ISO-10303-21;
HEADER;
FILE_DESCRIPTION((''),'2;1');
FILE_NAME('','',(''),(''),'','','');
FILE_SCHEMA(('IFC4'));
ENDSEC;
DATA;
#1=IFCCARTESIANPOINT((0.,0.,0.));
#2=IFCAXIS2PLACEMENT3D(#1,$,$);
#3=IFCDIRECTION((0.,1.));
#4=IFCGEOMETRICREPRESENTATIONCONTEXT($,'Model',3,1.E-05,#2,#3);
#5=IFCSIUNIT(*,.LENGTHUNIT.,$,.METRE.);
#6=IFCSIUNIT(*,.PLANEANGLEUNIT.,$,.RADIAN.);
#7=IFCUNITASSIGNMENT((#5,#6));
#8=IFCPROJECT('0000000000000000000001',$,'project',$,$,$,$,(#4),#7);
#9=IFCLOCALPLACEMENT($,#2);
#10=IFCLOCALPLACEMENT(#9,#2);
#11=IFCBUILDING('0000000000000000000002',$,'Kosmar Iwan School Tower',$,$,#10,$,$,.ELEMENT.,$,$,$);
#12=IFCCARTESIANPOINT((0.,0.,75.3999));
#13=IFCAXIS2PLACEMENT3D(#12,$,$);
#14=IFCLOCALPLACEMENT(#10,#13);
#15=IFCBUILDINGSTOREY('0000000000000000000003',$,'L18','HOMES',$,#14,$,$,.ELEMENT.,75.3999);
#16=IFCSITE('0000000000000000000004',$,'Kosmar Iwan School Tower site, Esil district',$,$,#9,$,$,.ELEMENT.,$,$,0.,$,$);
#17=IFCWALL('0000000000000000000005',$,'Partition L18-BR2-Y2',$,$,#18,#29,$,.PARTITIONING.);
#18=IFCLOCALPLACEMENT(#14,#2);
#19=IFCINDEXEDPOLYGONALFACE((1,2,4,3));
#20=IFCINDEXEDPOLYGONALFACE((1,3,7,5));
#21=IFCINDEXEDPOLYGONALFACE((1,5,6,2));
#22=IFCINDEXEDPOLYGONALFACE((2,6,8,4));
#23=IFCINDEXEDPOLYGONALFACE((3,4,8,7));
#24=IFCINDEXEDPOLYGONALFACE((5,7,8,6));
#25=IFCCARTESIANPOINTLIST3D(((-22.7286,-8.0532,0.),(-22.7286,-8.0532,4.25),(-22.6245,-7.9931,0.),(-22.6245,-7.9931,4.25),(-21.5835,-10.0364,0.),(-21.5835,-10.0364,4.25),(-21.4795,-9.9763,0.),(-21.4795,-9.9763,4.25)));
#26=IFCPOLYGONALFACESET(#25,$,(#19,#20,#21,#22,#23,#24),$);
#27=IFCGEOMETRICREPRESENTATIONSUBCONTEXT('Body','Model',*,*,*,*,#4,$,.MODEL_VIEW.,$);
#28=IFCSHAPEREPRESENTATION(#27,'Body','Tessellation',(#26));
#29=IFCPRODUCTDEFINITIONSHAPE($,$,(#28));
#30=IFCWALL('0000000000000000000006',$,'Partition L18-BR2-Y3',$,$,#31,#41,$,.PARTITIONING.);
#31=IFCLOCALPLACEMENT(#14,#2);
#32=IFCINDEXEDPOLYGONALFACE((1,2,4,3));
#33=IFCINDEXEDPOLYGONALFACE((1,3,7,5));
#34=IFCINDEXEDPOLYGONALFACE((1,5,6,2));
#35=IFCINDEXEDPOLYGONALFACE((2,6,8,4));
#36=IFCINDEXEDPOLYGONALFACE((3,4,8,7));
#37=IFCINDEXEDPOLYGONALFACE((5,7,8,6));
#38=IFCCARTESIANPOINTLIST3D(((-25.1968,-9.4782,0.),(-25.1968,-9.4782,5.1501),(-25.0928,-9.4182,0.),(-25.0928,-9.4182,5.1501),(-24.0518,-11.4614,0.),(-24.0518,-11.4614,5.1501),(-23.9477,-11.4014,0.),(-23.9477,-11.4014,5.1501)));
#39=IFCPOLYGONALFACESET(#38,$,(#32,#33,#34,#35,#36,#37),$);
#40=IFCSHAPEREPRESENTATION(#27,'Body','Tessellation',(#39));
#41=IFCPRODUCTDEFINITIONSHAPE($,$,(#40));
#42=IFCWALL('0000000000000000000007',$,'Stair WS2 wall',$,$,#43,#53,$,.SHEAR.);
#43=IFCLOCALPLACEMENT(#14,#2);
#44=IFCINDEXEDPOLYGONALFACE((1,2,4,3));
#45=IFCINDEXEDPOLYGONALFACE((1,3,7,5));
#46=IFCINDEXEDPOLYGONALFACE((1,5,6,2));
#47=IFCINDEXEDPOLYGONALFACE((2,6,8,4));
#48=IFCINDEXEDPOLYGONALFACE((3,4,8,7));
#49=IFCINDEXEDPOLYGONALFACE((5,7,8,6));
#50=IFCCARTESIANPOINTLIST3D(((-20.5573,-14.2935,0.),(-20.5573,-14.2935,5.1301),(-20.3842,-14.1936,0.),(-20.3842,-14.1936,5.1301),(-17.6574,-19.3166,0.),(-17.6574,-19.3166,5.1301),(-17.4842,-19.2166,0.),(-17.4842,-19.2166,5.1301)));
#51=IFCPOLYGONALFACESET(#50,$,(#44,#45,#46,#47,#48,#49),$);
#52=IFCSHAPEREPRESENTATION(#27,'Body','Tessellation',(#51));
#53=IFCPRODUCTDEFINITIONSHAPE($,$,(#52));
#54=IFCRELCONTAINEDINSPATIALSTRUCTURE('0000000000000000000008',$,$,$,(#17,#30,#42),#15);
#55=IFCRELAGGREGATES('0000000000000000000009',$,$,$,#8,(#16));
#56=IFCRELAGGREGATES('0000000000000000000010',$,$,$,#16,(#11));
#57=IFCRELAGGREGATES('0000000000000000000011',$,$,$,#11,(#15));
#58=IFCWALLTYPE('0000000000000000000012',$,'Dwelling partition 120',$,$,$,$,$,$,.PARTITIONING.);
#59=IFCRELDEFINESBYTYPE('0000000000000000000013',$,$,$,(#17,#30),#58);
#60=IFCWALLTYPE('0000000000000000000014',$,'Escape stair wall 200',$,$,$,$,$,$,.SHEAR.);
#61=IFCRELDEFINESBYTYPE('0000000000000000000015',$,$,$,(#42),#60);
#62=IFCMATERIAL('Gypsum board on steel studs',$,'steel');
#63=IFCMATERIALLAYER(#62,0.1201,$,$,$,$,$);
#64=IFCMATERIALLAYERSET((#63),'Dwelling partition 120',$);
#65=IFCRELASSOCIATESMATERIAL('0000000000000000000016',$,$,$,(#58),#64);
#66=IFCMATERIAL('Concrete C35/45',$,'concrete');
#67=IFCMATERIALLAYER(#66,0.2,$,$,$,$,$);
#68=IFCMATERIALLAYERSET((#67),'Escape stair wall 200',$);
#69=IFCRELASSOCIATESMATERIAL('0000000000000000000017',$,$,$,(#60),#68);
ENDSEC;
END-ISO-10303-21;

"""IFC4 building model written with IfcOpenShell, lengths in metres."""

from ifc_helpers import new_model, si_unit, direction, frame, frame_2d, origin, place, context, subcontext, project, spatial, rectangle, extrude, material, layer, layer_set, type_object, element, save


model = new_model("IFC4")

# Units and contexts
model_context = context("Model", 3, precision=1e-05, world=origin(), true_north=direction((0.0, 1.0)))
body_context = subcontext(model_context, "Body", "Model", "MODEL_VIEW")
ifc_project = project(units=[si_unit("LENGTHUNIT", "METRE"), si_unit("PLANEANGLEUNIT", "RADIAN")], contexts=[model_context])

# Site, building, storey
site_placement = place(None, origin())
site = spatial("IfcSite", under=ifc_project, at=site_placement, Name="Kosmar Iwan School Tower site, Esil district", CompositionType="ELEMENT", RefElevation=0.0)
building_placement = place(site_placement, origin())
building = spatial("IfcBuilding", under=site, at=building_placement, Name="Kosmar Iwan School Tower", CompositionType="ELEMENT")
storey_placement = place(building_placement, frame((0.0, 0.0, 75.3999)))
storey = spatial("IfcBuildingStorey", under=building, at=storey_placement, Name="L18", Description="HOMES", CompositionType="ELEMENT", Elevation=75.3999)

# Walls
ifc_material_1 = material(Name="Gypsum board on steel studs", Category="steel")
ifc_layer_1 = layer(ifc_material_1, 0.1201)
ifc_layer_set_1 = layer_set([ifc_layer_1], Name="Dwelling partition 120")
wall_type_1 = type_object("IfcWallType", Name="Dwelling partition 120", PredefinedType="PARTITIONING", material=ifc_layer_set_1)
wall_1_placement = place(storey_placement, frame((-21.5315, -10.0063, 0.0), z_axis=(0.0, 0.0, 1.0), x_axis=(-0.500015, 0.866017, 0.0)))
element("IfcWall", 1, at=wall_1_placement, inside=storey, type_object=wall_type_1, Name="Partition L18-BR2-Y2", PredefinedType="PARTITIONING", context=body_context, shape_type="SweptSolid", body=[
    extrude(rectangle(XDim=2.29, YDim=0.1201, at=frame_2d((1.145, 0.0))), origin(), (0.0, 0.0, 1.0), 4.25),
])
wall_2_placement = place(storey_placement, frame((-23.9998, -11.4314, 0.0), z_axis=(0.0, 0.0, 1.0), x_axis=(-0.500015, 0.866017, 0.0)))
element("IfcWall", 2, at=wall_2_placement, inside=storey, type_object=wall_type_1, Name="Partition L18-BR2-Y3", PredefinedType="PARTITIONING", context=body_context, shape_type="SweptSolid", body=[
    extrude(rectangle(XDim=2.29, YDim=0.1201, at=frame_2d((1.145, 0.0))), origin(), (0.0, 0.0, 1.0), 5.1501),
])
ifc_material_2 = material(Name="Concrete C35/45", Category="concrete")
ifc_layer_2 = layer(ifc_material_2, 0.2)
ifc_layer_set_2 = layer_set([ifc_layer_2], Name="Escape stair wall 200")
wall_type_2 = type_object("IfcWallType", Name="Escape stair wall 200", PredefinedType="SHEAR", material=ifc_layer_set_2)
wall_3_placement = place(storey_placement, frame((-20.4707, -14.2437, 0.0), z_axis=(0.0, 0.0, 1.0), x_axis=(0.499987, -0.866033, 0.0)))
element("IfcWall", 3, at=wall_3_placement, inside=storey, type_object=wall_type_2, Name="Stair WS2 wall", PredefinedType="SHEAR", context=body_context, shape_type="SweptSolid", body=[
    extrude(rectangle(XDim=5.8, YDim=0.2, at=frame_2d((2.8999, 0.0))), origin(), (0.0, 0.0, 1.0), 5.1301),
])

save(model, "model.ifc")
